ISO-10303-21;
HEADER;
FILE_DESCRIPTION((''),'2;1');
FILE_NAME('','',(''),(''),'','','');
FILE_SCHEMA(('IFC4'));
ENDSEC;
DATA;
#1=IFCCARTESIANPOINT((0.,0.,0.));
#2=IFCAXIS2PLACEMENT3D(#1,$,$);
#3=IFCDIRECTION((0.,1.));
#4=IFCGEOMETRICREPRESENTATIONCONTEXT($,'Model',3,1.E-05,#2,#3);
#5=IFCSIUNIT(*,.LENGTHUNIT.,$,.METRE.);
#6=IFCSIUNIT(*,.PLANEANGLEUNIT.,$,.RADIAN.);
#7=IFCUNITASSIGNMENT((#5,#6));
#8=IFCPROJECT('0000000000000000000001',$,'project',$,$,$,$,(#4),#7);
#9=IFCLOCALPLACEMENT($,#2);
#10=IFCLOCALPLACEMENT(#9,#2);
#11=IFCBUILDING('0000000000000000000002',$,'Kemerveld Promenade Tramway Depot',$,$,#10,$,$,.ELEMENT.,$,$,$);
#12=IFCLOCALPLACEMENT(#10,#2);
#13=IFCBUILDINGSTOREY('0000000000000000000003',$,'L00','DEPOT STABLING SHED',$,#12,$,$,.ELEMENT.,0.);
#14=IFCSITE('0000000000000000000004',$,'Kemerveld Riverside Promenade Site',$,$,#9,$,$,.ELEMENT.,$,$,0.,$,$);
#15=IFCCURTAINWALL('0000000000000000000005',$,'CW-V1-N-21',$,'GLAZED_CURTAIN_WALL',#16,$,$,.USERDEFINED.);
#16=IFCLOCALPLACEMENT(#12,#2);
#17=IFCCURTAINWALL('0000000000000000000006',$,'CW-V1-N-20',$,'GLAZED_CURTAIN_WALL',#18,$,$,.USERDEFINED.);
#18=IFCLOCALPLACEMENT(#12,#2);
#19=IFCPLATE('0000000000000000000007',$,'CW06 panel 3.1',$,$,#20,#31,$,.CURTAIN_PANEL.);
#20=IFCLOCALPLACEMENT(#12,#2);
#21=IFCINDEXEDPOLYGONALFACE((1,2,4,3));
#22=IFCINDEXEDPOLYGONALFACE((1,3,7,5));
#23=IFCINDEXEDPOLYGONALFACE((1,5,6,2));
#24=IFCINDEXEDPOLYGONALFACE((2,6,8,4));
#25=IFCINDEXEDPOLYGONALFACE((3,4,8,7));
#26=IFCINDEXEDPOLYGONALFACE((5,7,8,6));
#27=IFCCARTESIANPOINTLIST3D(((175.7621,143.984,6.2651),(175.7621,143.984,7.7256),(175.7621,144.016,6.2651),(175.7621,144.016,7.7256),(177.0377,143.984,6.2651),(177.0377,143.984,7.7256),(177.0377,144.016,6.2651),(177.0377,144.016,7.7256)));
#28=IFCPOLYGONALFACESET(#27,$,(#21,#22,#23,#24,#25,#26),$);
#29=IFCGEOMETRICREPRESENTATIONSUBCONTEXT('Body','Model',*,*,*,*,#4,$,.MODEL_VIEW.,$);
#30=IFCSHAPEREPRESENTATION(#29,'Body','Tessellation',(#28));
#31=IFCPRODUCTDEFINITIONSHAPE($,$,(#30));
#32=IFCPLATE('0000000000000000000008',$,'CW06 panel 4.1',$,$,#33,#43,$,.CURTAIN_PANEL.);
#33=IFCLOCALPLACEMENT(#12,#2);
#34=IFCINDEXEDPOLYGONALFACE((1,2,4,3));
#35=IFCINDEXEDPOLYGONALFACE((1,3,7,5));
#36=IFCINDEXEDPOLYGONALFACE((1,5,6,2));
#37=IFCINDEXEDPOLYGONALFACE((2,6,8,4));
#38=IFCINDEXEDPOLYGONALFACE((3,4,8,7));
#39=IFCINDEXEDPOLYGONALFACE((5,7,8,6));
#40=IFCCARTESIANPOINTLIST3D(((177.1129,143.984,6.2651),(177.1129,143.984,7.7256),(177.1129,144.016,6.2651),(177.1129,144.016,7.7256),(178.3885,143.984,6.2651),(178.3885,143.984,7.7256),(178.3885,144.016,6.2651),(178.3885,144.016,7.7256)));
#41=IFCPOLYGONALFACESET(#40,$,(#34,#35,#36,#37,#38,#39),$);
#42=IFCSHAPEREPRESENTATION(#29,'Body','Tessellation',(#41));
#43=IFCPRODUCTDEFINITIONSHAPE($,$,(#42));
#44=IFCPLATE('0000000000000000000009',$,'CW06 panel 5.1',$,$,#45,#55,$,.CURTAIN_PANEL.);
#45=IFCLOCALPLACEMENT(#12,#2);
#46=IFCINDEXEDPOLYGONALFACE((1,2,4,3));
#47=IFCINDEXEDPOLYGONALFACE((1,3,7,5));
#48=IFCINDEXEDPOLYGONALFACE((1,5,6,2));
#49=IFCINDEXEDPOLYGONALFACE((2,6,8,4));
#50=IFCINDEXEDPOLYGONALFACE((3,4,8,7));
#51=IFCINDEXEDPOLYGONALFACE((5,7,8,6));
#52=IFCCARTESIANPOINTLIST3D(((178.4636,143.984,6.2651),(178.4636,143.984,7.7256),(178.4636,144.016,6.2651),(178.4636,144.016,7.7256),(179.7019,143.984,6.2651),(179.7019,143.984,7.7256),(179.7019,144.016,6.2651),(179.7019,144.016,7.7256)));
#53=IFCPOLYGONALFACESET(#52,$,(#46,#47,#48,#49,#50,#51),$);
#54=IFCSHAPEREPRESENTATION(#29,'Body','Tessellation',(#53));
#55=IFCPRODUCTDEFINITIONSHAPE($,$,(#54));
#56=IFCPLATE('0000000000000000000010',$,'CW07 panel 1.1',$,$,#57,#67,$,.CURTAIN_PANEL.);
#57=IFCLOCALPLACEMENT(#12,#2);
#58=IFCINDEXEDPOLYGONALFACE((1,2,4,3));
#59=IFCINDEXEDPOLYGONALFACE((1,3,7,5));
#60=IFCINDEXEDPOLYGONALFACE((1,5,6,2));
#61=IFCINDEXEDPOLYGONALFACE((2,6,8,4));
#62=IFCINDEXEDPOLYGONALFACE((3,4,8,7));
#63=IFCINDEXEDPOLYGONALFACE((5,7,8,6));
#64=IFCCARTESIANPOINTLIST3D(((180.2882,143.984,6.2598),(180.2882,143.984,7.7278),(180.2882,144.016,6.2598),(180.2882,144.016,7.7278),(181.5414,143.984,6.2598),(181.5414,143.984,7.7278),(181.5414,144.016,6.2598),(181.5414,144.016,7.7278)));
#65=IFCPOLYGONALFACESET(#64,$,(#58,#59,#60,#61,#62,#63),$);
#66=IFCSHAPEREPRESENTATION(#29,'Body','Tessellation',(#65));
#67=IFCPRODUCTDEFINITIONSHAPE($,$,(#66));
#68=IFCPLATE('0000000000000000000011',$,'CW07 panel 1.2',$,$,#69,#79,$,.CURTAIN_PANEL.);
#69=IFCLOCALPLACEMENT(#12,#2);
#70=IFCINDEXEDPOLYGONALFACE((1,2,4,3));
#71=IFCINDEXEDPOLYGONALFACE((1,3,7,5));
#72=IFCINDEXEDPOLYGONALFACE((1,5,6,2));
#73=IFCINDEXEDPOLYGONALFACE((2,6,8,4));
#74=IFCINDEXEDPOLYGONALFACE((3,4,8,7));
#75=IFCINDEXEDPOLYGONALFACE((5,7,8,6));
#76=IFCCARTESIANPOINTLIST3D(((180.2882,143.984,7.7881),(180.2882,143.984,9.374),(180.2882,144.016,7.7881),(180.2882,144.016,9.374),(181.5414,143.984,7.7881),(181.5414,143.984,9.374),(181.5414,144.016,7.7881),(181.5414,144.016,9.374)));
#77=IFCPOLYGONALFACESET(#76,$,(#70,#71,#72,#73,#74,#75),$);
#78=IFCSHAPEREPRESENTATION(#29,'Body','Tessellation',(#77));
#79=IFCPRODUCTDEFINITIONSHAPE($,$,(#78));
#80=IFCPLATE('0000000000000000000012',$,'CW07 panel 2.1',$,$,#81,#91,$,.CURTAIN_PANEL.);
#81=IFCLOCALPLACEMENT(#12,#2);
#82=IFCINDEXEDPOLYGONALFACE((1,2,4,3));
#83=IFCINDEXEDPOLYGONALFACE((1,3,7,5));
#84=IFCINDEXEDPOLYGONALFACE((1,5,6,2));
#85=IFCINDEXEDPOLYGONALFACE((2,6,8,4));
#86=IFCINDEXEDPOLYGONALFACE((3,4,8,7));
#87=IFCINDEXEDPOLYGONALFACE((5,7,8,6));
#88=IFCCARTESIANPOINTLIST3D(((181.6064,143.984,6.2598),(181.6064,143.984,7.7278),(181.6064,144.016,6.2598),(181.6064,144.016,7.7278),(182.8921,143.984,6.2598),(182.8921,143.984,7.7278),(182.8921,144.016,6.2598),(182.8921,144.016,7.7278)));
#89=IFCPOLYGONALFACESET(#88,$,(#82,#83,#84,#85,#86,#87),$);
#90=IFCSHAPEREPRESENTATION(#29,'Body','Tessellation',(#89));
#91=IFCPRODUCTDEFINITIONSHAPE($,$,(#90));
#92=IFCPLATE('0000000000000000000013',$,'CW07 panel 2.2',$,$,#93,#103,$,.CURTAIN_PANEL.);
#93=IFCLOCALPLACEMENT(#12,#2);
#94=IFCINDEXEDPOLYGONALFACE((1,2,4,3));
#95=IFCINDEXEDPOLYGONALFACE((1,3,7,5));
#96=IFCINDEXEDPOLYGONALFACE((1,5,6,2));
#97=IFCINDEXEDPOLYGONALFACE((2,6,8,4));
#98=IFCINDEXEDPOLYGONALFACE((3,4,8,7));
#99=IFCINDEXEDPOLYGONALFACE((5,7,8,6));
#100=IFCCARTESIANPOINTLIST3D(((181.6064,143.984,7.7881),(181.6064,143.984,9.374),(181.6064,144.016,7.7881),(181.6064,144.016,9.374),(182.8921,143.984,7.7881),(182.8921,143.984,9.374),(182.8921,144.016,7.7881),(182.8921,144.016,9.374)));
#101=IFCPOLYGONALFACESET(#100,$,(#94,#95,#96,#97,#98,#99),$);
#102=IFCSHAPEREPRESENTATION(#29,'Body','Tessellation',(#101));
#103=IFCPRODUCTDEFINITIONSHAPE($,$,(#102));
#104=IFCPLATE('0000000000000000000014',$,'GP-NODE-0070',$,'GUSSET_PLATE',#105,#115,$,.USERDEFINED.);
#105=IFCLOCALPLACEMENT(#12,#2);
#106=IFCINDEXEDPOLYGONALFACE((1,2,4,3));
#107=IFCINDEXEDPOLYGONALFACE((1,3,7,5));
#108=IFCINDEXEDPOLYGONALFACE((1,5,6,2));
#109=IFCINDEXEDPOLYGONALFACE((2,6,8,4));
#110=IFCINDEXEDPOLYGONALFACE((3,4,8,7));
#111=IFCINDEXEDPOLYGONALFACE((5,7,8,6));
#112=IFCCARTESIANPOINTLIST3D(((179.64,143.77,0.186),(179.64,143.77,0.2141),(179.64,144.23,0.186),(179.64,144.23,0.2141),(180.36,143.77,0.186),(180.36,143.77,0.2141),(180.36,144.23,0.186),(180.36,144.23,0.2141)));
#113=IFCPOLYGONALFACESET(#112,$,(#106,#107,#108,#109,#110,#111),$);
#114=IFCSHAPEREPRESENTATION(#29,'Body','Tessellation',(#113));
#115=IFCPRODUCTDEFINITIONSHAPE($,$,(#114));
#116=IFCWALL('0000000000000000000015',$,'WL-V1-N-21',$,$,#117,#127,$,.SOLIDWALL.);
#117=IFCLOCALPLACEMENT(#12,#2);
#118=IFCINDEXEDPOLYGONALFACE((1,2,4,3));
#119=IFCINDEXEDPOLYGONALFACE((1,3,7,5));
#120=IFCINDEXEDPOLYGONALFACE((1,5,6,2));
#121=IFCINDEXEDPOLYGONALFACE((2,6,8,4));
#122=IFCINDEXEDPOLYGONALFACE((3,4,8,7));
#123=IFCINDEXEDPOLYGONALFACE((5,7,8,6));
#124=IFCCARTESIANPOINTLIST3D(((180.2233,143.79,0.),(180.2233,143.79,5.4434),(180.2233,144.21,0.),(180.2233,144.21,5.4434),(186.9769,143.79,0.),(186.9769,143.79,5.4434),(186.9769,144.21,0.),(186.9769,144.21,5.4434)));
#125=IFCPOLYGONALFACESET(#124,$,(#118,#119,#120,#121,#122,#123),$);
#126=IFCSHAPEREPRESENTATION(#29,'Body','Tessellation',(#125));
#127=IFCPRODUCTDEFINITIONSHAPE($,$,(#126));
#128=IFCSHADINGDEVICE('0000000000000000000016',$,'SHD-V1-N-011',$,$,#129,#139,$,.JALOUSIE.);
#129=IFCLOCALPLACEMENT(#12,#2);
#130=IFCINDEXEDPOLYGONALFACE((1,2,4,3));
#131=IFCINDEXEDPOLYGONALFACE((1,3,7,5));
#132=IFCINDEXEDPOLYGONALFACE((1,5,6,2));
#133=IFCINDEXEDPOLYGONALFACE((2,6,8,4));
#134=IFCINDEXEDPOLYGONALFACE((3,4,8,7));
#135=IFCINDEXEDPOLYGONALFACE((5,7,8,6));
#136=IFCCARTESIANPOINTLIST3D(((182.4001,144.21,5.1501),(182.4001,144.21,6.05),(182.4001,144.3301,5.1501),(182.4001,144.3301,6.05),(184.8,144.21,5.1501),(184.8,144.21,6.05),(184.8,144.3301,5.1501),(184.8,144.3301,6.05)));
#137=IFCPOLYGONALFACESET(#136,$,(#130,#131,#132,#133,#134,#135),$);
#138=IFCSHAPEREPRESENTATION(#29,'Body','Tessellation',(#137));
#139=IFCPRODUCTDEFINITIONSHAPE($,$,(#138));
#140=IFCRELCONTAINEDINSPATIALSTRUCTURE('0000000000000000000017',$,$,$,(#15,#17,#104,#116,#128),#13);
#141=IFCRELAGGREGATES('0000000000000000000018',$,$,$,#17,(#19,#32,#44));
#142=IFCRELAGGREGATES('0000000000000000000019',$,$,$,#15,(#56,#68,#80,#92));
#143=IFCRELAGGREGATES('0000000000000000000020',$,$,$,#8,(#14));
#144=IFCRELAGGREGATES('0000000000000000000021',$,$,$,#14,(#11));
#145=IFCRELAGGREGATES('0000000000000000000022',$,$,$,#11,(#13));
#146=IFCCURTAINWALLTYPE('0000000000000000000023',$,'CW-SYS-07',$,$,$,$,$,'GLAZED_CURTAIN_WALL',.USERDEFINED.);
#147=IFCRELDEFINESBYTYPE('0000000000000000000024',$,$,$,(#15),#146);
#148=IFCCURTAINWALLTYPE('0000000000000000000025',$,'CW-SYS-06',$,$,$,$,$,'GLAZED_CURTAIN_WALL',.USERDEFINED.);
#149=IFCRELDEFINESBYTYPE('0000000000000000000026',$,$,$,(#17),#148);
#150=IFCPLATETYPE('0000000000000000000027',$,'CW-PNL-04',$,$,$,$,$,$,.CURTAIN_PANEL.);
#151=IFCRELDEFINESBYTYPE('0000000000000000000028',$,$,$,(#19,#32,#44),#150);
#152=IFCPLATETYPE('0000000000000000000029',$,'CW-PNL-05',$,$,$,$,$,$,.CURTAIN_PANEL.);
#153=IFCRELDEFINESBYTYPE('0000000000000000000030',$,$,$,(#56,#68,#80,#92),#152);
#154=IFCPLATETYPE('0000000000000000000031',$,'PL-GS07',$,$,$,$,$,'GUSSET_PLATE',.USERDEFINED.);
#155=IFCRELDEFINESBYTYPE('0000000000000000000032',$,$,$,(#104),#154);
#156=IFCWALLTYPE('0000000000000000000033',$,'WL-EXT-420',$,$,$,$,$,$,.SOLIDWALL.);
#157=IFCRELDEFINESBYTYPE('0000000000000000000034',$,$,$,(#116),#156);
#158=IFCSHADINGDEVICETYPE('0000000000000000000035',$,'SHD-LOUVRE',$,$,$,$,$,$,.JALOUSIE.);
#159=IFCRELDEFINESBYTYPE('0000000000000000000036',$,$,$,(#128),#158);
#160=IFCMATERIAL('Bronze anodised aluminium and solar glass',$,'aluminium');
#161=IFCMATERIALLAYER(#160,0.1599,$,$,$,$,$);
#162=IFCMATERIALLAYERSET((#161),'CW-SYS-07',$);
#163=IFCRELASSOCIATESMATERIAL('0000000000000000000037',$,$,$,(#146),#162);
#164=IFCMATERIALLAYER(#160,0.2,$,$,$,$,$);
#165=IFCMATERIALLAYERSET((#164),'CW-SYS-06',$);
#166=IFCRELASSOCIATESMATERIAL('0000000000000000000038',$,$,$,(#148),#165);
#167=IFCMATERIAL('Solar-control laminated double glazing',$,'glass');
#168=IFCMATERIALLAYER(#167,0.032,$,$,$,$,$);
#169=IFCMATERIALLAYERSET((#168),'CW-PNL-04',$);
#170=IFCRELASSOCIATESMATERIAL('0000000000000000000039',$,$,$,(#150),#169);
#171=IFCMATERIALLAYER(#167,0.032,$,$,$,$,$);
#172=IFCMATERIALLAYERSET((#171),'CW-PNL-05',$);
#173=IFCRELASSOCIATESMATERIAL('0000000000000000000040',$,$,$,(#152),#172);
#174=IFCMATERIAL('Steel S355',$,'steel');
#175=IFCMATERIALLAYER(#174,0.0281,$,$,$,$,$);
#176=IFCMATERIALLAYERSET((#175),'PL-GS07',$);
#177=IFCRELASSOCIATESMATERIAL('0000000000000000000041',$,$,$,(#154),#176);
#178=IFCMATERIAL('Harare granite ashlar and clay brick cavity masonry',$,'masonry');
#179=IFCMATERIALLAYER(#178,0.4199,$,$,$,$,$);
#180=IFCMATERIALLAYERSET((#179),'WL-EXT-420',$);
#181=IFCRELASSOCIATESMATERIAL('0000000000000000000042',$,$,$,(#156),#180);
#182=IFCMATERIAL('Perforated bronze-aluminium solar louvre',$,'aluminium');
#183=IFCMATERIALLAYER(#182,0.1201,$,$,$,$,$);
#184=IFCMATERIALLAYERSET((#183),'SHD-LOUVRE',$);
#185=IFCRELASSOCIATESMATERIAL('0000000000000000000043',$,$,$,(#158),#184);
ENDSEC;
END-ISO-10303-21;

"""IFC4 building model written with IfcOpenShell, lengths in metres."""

from ifc_helpers import new_model, si_unit, direction, frame, frame_2d, origin, origin_2d, place, context, subcontext, project, spatial, rectangle, extrude, material, layer, layer_set, type_object, element, aggregate, save


model = new_model("IFC4")

# Units and contexts
model_context = context("Model", 3, precision=1e-05, world=origin(), true_north=direction((0.0, 1.0)))
body_context = subcontext(model_context, "Body", "Model", "MODEL_VIEW")
ifc_project = project(units=[si_unit("LENGTHUNIT", "METRE"), si_unit("PLANEANGLEUNIT", "RADIAN")], contexts=[model_context])

# Site, building, storey
site_placement = place(None, origin())
site = spatial("IfcSite", under=ifc_project, at=site_placement, Name="Kemerveld Riverside Promenade Site", CompositionType="ELEMENT", RefElevation=0.0)
building_placement = place(site_placement, origin())
building = spatial("IfcBuilding", under=site, at=building_placement, Name="Kemerveld Promenade Tramway Depot", CompositionType="ELEMENT")
storey_placement = place(building_placement, origin())
storey = spatial("IfcBuildingStorey", under=building, at=storey_placement, Name="L00", Description="DEPOT STABLING SHED", CompositionType="ELEMENT", Elevation=0.0)

# Shared definitions
ifc_material_1 = material(Name="Steel S355", Category="steel")

# Curtain walls
ifc_material_2 = material(Name="Bronze anodised aluminium and solar glass", Category="aluminium")
ifc_layer_1 = layer(ifc_material_2, 0.1599)
ifc_layer_set_1 = layer_set([ifc_layer_1], Name="CW-SYS-07")
curtain_wall_type_1 = type_object("IfcCurtainWallType", Name="CW-SYS-07", ElementType="GLAZED_CURTAIN_WALL", PredefinedType="USERDEFINED", material=ifc_layer_set_1)
curtain_wall_1_placement = place(storey_placement, origin())
curtain_wall_1 = element("IfcCurtainWall", 1, at=curtain_wall_1_placement, inside=storey, type_object=curtain_wall_type_1, Name="CW-V1-N-21", ObjectType="GLAZED_CURTAIN_WALL", PredefinedType="USERDEFINED")
ifc_layer_2 = layer(ifc_material_2, 0.2)
ifc_layer_set_2 = layer_set([ifc_layer_2], Name="CW-SYS-06")
curtain_wall_type_2 = type_object("IfcCurtainWallType", Name="CW-SYS-06", ElementType="GLAZED_CURTAIN_WALL", PredefinedType="USERDEFINED", material=ifc_layer_set_2)
curtain_wall_2_placement = place(storey_placement, origin())
curtain_wall_2 = element("IfcCurtainWall", 2, at=curtain_wall_2_placement, inside=storey, type_object=curtain_wall_type_2, Name="CW-V1-N-20", ObjectType="GLAZED_CURTAIN_WALL", PredefinedType="USERDEFINED")

# Plates
ifc_material_3 = material(Name="Solar-control laminated double glazing", Category="glass")
ifc_layer_3 = layer(ifc_material_3, 0.032)
ifc_layer_set_3 = layer_set([ifc_layer_3], Name="CW-PNL-04")
plate_type_1 = type_object("IfcPlateType", Name="CW-PNL-04", PredefinedType="CURTAIN_PANEL", material=ifc_layer_set_3)
plate_1_placement = place(storey_placement, frame((176.3999, 144.0, 6.2651), z_axis=(0.0, 0.0, 1.0), x_axis=(1.0, 0.0, 0.0)))
plate_1 = element("IfcPlate", 3, at=plate_1_placement, type_object=plate_type_1, Name="CW06 panel 3.1", PredefinedType="CURTAIN_PANEL", context=body_context, shape_type="SweptSolid", body=[
    extrude(rectangle(XDim=1.2756, YDim=0.032, at=origin_2d()), origin(), (0.0, 0.0, 1.0), 1.4604),
])
plate_2_placement = place(storey_placement, frame((177.7507, 144.0, 6.2651), z_axis=(0.0, 0.0, 1.0), x_axis=(1.0, 0.0, 0.0)))
plate_2 = element("IfcPlate", 4, at=plate_2_placement, type_object=plate_type_1, Name="CW06 panel 4.1", PredefinedType="CURTAIN_PANEL", context=body_context, shape_type="SweptSolid", body=[
    extrude(rectangle(XDim=1.2756, YDim=0.032, at=origin_2d()), origin(), (0.0, 0.0, 1.0), 1.4604),
])
plate_3_placement = place(storey_placement, frame((179.0828, 144.0, 6.2651), z_axis=(0.0, 0.0, 1.0), x_axis=(1.0, 0.0, 0.0)))
plate_3 = element("IfcPlate", 5, at=plate_3_placement, type_object=plate_type_1, Name="CW06 panel 5.1", PredefinedType="CURTAIN_PANEL", context=body_context, shape_type="SweptSolid", body=[
    extrude(rectangle(XDim=1.2383, YDim=0.032, at=origin_2d()), origin(), (0.0, 0.0, 1.0), 1.4604),
])
aggregate(curtain_wall_2, [plate_1, plate_2, plate_3])
ifc_layer_4 = layer(ifc_material_3, 0.032)
ifc_layer_set_4 = layer_set([ifc_layer_4], Name="CW-PNL-05")
plate_type_2 = type_object("IfcPlateType", Name="CW-PNL-05", PredefinedType="CURTAIN_PANEL", material=ifc_layer_set_4)
plate_4_placement = place(storey_placement, frame((180.9148, 144.0, 6.2598), z_axis=(0.0, 0.0, 1.0), x_axis=(1.0, 0.0, 0.0)))
plate_4 = element("IfcPlate", 6, at=plate_4_placement, type_object=plate_type_2, Name="CW07 panel 1.1", PredefinedType="CURTAIN_PANEL", context=body_context, shape_type="SweptSolid", body=[
    extrude(rectangle(XDim=1.2532, YDim=0.032, at=origin_2d()), origin(), (0.0, 0.0, 1.0), 1.468),
])
plate_5_placement = place(storey_placement, frame((180.9148, 144.0, 7.7881), z_axis=(0.0, 0.0, 1.0), x_axis=(1.0, 0.0, 0.0)))
plate_5 = element("IfcPlate", 7, at=plate_5_placement, type_object=plate_type_2, Name="CW07 panel 1.2", PredefinedType="CURTAIN_PANEL", context=body_context, shape_type="SweptSolid", body=[
    extrude(rectangle(XDim=1.2532, YDim=0.032, at=origin_2d()), origin(), (0.0, 0.0, 1.0), 1.5859),
])
plate_6_placement = place(storey_placement, frame((182.2493, 144.0, 6.2598), z_axis=(0.0, 0.0, 1.0), x_axis=(1.0, 0.0, 0.0)))
plate_6 = element("IfcPlate", 8, at=plate_6_placement, type_object=plate_type_2, Name="CW07 panel 2.1", PredefinedType="CURTAIN_PANEL", context=body_context, shape_type="SweptSolid", body=[
    extrude(rectangle(XDim=1.2856, YDim=0.032, at=origin_2d()), origin(), (0.0, 0.0, 1.0), 1.468),
])
plate_7_placement = place(storey_placement, frame((182.2493, 144.0, 7.7881), z_axis=(0.0, 0.0, 1.0), x_axis=(1.0, 0.0, 0.0)))
plate_7 = element("IfcPlate", 9, at=plate_7_placement, type_object=plate_type_2, Name="CW07 panel 2.2", PredefinedType="CURTAIN_PANEL", context=body_context, shape_type="SweptSolid", body=[
    extrude(rectangle(XDim=1.2856, YDim=0.032, at=origin_2d()), origin(), (0.0, 0.0, 1.0), 1.5859),
])
aggregate(curtain_wall_1, [plate_4, plate_5, plate_6, plate_7])
ifc_layer_5 = layer(ifc_material_1, 0.0281)
ifc_layer_set_5 = layer_set([ifc_layer_5], Name="PL-GS07")
plate_type_3 = type_object("IfcPlateType", Name="PL-GS07", ElementType="GUSSET_PLATE", PredefinedType="USERDEFINED", material=ifc_layer_set_5)
plate_8_placement = place(storey_placement, frame((180.0, 144.0, 0.186), z_axis=(0.0, 0.0, 1.0), x_axis=(1.0, 0.0, 0.0)))
element("IfcPlate", 10, at=plate_8_placement, inside=storey, type_object=plate_type_3, Name="GP-NODE-0070", ObjectType="GUSSET_PLATE", PredefinedType="USERDEFINED", context=body_context, shape_type="SweptSolid", body=[
    extrude(rectangle(XDim=0.72, YDim=0.46, at=origin_2d()), origin(), (0.0, 0.0, 1.0), 0.0281),
])

# Wall
ifc_material_4 = material(Name="Harare granite ashlar and clay brick cavity masonry", Category="masonry")
ifc_layer_6 = layer(ifc_material_4, 0.4199)
ifc_layer_set_6 = layer_set([ifc_layer_6], Name="WL-EXT-420")
wall_type = type_object("IfcWallType", Name="WL-EXT-420", PredefinedType="SOLIDWALL", material=ifc_layer_set_6)
wall_placement = place(storey_placement, frame((180.2231, 144.0, 0.0), z_axis=(0.0, 0.0, 1.0), x_axis=(1.0, 0.0, 0.0)))
element("IfcWall", 11, at=wall_placement, inside=storey, type_object=wall_type, Name="WL-V1-N-21", PredefinedType="SOLIDWALL", context=body_context, shape_type="SweptSolid", body=[
    extrude(rectangle(XDim=6.7537, YDim=0.4199, at=frame_2d((3.377, 0.0))), origin(), (0.0, 0.0, 1.0), 5.4434),
])

# Shading device
ifc_material_5 = material(Name="Perforated bronze-aluminium solar louvre", Category="aluminium")
ifc_layer_7 = layer(ifc_material_5, 0.1201)
ifc_layer_set_7 = layer_set([ifc_layer_7], Name="SHD-LOUVRE")
shading_device_type = type_object("IfcShadingDeviceType", Name="SHD-LOUVRE", PredefinedType="JALOUSIE", material=ifc_layer_set_7)
shading_device_placement = place(storey_placement, frame((183.6001, 144.27, 5.1501), z_axis=(0.0, 0.0, 1.0), x_axis=(1.0, 0.0, 0.0)))
element("IfcShadingDevice", 12, at=shading_device_placement, inside=storey, type_object=shading_device_type, Name="SHD-V1-N-011", PredefinedType="JALOUSIE", context=body_context, shape_type="SweptSolid", body=[
    extrude(rectangle(XDim=2.3999, YDim=0.1201, at=origin_2d()), origin(), (0.0, 0.0, 1.0), 0.8999),
])

save(model, "model.ifc")
